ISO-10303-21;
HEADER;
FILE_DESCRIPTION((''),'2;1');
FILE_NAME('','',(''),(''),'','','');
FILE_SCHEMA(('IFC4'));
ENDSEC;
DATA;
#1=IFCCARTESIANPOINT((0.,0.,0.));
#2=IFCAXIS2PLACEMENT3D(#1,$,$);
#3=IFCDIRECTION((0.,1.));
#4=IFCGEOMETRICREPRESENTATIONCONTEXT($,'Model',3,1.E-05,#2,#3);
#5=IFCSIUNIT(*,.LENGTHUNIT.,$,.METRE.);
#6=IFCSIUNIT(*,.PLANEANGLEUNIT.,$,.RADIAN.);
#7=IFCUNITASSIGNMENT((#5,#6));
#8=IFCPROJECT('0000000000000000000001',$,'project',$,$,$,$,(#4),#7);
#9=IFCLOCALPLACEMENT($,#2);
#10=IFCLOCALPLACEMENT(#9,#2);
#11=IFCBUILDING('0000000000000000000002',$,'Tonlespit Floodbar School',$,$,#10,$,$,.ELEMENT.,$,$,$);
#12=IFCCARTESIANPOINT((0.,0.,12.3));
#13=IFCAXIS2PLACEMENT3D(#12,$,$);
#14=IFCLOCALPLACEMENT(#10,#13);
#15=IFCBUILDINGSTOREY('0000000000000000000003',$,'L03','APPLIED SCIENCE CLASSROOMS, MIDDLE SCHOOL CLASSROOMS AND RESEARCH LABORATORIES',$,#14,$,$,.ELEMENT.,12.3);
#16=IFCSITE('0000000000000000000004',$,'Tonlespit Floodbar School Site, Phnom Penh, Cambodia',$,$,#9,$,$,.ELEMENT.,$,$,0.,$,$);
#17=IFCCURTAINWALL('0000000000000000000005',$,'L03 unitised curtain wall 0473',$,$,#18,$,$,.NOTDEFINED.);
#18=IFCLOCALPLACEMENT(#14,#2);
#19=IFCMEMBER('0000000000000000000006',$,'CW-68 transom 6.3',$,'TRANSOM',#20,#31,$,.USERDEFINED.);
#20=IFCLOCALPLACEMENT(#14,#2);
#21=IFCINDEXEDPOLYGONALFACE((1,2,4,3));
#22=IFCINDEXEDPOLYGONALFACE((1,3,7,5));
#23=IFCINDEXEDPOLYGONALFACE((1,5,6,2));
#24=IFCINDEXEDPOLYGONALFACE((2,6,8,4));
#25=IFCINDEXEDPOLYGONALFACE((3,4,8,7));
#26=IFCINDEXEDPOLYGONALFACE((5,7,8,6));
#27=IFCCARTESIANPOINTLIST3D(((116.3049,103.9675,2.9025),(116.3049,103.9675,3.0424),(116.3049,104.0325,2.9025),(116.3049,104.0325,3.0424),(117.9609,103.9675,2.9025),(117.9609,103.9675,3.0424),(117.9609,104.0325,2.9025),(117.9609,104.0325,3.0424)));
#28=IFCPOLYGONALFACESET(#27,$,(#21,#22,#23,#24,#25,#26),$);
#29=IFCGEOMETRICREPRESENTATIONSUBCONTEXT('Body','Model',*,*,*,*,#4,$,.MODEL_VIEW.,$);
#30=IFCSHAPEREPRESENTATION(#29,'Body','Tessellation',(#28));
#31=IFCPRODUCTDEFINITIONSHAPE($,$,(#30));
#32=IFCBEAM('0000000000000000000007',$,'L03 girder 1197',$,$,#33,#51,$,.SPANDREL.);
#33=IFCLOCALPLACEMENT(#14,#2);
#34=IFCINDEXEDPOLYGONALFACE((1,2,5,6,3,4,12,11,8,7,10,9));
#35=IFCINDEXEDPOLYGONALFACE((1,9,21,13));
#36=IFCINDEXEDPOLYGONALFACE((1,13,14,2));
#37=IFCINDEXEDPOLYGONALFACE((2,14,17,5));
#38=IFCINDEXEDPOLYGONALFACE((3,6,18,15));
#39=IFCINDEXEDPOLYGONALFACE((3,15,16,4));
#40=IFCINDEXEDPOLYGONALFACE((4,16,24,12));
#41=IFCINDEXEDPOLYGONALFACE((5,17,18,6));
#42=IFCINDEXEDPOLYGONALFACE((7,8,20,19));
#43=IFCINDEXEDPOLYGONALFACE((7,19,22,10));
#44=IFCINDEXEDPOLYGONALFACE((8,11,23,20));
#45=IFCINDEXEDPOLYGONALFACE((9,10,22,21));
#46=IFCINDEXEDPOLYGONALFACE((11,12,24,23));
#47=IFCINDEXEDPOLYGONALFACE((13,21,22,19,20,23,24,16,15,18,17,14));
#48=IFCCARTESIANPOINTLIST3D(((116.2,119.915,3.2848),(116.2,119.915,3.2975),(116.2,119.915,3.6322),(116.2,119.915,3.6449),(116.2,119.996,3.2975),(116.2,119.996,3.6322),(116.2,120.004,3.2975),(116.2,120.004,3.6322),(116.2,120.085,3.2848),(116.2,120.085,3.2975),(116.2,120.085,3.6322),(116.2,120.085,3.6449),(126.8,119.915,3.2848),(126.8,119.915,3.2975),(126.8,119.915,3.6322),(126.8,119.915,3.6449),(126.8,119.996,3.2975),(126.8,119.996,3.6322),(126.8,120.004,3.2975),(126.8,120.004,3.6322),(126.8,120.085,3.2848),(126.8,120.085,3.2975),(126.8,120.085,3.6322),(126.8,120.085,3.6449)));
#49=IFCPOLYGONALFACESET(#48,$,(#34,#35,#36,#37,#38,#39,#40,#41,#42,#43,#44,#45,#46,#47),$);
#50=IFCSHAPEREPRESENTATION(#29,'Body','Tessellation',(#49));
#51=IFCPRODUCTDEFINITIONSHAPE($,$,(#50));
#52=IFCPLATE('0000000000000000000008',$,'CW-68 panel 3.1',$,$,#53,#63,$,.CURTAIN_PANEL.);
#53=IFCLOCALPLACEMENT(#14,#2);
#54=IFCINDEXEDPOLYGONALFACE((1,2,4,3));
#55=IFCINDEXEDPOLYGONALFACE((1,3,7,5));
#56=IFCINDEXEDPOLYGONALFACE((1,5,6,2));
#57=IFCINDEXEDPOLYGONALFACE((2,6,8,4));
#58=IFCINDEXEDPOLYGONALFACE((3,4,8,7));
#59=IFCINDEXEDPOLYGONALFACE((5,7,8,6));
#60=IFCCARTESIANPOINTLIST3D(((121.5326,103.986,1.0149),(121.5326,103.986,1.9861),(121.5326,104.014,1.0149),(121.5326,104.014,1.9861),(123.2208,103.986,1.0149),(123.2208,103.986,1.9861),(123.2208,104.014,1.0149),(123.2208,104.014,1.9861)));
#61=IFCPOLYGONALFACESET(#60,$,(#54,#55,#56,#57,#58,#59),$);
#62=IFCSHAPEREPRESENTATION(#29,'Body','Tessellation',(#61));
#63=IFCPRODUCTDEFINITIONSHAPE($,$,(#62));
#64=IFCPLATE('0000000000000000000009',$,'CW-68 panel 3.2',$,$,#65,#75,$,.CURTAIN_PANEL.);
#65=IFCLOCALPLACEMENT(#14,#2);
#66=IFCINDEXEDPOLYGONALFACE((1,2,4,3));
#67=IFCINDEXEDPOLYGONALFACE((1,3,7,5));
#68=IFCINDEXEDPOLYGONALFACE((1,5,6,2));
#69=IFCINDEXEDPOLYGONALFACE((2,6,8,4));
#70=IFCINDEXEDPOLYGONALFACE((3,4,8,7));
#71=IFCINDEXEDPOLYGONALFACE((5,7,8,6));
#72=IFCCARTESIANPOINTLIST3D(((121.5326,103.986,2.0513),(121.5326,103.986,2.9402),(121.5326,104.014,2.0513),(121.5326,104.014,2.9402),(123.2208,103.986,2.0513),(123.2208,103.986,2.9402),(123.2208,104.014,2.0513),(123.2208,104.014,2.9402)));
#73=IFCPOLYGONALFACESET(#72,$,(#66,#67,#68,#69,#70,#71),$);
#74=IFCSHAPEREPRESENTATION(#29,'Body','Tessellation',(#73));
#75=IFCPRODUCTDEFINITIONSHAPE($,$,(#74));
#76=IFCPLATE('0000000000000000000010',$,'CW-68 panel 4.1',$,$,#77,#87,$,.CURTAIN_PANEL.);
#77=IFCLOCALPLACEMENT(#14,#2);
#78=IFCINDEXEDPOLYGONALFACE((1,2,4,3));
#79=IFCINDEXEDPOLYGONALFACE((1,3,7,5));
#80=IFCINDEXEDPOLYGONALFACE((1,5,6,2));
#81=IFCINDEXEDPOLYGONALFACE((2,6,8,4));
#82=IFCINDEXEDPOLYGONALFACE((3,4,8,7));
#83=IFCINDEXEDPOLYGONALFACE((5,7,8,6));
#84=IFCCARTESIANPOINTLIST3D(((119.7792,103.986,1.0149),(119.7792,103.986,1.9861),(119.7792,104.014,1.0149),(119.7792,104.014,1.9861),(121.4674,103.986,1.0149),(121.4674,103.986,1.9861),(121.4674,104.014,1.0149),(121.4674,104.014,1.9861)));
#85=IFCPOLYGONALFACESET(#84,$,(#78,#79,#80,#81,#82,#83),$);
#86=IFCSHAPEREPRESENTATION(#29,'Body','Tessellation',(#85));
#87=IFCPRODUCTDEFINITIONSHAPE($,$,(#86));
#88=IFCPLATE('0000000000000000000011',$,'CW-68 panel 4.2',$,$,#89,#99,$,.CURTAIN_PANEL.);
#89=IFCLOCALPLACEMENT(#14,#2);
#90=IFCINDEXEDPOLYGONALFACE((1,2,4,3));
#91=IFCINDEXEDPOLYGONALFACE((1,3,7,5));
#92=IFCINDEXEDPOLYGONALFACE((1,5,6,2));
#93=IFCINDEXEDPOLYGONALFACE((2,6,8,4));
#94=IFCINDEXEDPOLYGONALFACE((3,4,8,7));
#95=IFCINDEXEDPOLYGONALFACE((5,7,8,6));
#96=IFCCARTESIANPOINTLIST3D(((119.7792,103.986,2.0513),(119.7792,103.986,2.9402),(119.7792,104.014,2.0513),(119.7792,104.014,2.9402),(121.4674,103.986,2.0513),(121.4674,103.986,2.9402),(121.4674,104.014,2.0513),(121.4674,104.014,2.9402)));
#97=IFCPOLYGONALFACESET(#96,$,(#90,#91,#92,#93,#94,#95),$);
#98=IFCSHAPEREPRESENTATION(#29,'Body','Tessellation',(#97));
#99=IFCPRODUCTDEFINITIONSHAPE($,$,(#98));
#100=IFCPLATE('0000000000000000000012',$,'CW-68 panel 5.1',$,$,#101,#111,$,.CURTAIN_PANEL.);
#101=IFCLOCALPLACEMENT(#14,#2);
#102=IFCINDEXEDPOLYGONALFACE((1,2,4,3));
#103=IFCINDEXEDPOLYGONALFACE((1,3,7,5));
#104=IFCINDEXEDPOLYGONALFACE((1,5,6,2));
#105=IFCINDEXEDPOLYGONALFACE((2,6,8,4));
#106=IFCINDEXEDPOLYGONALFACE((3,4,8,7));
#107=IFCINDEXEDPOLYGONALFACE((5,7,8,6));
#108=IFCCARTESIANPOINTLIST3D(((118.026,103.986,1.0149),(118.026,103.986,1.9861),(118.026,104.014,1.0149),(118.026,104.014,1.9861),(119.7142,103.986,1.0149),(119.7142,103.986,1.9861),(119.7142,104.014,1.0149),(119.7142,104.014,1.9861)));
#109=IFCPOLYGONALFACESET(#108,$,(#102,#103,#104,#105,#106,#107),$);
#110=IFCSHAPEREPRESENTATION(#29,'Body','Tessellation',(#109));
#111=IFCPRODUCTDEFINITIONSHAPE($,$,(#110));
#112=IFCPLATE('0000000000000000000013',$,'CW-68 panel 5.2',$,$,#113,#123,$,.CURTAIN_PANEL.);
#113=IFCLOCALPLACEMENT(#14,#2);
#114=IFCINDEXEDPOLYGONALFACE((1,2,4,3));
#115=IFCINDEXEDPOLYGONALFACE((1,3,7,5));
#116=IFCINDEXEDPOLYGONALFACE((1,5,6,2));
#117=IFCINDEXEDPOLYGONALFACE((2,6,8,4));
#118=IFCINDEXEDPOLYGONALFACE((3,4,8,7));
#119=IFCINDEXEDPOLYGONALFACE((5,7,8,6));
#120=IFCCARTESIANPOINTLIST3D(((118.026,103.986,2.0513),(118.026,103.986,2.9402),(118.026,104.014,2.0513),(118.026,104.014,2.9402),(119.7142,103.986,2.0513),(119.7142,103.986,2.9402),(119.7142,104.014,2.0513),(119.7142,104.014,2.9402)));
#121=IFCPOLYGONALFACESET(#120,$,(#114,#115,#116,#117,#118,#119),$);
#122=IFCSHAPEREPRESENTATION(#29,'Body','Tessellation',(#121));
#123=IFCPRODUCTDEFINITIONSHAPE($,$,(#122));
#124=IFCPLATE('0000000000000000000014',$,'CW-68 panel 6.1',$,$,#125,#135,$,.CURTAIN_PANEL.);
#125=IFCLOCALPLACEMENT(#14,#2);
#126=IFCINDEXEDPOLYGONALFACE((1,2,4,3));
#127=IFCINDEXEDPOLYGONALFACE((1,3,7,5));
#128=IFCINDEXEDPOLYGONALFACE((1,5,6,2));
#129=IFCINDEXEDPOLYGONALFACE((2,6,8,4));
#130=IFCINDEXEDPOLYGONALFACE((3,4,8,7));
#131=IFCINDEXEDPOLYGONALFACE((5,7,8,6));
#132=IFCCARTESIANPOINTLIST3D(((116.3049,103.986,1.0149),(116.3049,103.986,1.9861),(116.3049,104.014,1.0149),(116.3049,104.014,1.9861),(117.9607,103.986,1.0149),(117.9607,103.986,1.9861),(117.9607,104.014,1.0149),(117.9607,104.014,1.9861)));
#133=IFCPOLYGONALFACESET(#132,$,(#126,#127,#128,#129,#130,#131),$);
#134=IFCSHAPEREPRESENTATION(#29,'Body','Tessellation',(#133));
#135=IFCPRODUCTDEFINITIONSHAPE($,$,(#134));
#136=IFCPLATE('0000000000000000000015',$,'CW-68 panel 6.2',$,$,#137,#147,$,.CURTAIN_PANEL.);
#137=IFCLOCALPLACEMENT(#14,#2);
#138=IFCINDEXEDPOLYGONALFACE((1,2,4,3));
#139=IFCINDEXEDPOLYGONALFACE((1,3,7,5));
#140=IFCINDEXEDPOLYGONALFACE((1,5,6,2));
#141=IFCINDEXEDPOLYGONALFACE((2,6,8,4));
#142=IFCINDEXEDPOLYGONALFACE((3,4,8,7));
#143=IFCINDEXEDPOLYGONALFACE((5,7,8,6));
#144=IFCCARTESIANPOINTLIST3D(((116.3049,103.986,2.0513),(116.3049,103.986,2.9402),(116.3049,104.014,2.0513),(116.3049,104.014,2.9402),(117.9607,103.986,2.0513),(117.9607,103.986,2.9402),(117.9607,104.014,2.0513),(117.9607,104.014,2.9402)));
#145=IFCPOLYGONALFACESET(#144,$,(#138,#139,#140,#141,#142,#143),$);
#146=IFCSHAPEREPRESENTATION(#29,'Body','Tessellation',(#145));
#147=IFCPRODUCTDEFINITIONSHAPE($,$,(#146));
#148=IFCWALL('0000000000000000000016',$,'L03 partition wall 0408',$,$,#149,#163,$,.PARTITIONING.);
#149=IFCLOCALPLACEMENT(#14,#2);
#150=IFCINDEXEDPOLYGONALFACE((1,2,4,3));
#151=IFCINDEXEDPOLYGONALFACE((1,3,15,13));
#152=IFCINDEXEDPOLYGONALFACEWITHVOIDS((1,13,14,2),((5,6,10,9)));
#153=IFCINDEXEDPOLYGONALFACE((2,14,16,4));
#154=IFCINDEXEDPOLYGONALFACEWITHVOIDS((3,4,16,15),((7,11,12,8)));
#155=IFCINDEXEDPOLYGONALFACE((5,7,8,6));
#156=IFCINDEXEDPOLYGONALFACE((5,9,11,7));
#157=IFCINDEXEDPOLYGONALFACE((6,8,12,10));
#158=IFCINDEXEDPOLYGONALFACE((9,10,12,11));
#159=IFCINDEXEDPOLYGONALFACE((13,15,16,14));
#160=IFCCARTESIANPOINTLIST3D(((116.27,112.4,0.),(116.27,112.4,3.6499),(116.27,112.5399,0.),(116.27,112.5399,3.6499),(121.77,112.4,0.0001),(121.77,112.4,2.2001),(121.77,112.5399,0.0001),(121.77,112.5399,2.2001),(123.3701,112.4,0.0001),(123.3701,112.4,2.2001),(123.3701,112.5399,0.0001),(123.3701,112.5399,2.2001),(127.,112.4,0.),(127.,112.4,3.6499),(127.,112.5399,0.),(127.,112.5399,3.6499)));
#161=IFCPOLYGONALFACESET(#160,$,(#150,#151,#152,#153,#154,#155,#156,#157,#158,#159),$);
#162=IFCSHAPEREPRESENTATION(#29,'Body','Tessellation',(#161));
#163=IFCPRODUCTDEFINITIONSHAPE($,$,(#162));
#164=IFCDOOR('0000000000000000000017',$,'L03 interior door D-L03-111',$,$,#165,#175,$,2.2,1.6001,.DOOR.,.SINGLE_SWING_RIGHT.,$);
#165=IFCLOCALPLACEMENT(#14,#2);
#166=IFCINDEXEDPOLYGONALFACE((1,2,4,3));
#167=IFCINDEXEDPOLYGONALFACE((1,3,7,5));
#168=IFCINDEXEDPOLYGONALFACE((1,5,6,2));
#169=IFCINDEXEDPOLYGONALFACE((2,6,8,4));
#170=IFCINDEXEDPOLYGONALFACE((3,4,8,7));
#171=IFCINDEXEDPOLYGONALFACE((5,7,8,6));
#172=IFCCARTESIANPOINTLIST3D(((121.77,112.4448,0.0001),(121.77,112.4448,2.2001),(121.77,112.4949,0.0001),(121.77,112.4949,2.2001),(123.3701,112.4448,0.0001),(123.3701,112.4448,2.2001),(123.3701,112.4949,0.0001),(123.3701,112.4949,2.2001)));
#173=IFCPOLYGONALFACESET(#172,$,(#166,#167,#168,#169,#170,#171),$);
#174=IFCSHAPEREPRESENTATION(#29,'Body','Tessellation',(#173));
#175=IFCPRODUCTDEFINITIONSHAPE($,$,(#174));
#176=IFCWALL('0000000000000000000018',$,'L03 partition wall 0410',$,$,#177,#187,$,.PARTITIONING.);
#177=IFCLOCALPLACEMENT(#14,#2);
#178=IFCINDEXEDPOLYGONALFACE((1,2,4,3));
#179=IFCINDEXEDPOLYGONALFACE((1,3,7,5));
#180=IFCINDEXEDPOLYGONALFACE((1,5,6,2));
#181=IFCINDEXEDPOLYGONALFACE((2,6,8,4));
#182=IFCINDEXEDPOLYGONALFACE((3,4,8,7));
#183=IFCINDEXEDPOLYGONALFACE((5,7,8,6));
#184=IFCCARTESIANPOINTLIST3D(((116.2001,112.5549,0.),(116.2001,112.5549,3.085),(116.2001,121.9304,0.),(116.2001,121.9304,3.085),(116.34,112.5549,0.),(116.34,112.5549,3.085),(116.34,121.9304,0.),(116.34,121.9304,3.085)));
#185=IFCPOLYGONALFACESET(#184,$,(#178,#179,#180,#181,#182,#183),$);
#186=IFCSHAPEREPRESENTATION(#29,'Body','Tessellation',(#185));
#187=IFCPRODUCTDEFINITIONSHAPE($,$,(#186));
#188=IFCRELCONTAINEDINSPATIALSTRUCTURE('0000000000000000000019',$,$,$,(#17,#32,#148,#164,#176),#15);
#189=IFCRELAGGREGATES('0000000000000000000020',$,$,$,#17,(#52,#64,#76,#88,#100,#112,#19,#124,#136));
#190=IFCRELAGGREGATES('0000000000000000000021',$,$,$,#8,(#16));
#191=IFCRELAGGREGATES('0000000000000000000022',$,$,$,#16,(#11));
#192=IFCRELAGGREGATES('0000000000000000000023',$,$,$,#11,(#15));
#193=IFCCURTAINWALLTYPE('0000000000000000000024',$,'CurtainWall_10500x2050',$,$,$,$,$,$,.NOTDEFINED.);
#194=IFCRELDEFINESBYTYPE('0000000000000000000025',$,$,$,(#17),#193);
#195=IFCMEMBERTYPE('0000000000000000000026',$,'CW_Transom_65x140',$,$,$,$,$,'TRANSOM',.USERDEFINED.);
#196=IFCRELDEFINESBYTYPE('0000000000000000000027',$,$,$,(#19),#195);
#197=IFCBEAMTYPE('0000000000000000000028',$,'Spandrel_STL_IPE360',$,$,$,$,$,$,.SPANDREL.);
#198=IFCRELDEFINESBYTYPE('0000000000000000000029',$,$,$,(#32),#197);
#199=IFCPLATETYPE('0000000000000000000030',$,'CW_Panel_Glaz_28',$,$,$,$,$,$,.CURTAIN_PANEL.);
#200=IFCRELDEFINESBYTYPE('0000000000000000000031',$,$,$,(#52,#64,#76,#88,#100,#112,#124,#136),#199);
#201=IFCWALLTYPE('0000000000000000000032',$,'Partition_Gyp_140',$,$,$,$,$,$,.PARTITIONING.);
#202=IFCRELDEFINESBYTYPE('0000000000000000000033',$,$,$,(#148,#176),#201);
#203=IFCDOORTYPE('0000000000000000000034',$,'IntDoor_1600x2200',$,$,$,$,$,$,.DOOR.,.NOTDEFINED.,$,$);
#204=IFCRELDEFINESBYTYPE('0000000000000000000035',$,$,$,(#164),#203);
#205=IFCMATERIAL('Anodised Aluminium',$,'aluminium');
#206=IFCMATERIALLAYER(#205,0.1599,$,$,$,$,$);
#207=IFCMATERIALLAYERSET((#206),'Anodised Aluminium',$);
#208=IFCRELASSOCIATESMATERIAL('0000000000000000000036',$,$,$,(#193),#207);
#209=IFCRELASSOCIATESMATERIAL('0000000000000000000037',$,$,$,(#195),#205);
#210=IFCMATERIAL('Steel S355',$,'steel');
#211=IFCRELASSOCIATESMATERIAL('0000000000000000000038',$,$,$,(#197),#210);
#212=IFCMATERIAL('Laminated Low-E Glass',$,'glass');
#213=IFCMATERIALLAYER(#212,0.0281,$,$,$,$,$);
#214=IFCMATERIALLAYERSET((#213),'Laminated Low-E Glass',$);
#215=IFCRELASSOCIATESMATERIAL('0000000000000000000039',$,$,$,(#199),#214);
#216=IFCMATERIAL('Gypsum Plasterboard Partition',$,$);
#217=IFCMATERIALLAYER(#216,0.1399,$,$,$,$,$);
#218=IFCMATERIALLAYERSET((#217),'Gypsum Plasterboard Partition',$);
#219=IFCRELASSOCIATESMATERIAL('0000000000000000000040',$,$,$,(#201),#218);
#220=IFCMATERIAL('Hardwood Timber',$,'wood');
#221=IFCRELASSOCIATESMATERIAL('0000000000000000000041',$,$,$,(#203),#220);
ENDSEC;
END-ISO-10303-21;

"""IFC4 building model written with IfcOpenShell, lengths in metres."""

from ifc_helpers import new_model, si_unit, direction, frame, frame_2d, origin, origin_2d, place, context, subcontext, project, spatial, rectangle, i_section, extrude, material, layer, layer_set, material_profile, profile_set, type_object, element, fill, aggregate, save


model = new_model("IFC4")

# Units and contexts
model_context = context("Model", 3, precision=1e-05, world=origin(), true_north=direction((0.0, 1.0)))
body_context = subcontext(model_context, "Body", "Model", "MODEL_VIEW")
ifc_project = project(units=[si_unit("LENGTHUNIT", "METRE"), si_unit("PLANEANGLEUNIT", "RADIAN")], contexts=[model_context])

# Site, building, storey
site_placement = place(None, origin())
site = spatial("IfcSite", under=ifc_project, at=site_placement, Name="Tonlespit Floodbar School Site, Phnom Penh, Cambodia", CompositionType="ELEMENT", RefElevation=0.0)
building_placement = place(site_placement, origin())
building = spatial("IfcBuilding", under=site, at=building_placement, Name="Tonlespit Floodbar School", CompositionType="ELEMENT")
storey_placement = place(building_placement, frame((0.0, 0.0, 12.3)))
storey = spatial("IfcBuildingStorey", under=building, at=storey_placement, Name="L03", Description="APPLIED SCIENCE CLASSROOMS, MIDDLE SCHOOL CLASSROOMS AND RESEARCH LABORATORIES", CompositionType="ELEMENT", Elevation=12.3)

# Curtain wall, member
ifc_material_1 = material(Name="Anodised Aluminium", Category="aluminium")
ifc_layer_1 = layer(ifc_material_1, 0.1599)
ifc_layer_set_1 = layer_set([ifc_layer_1], Name="Anodised Aluminium")
curtain_wall_type = type_object("IfcCurtainWallType", Name="CurtainWall_10500x2050", PredefinedType="NOTDEFINED", material=ifc_layer_set_1)
curtain_wall_placement = place(storey_placement, origin())
curtain_wall = element("IfcCurtainWall", 1, at=curtain_wall_placement, inside=storey, type_object=curtain_wall_type, Name="L03 unitised curtain wall 0473", PredefinedType="NOTDEFINED")
ifc_material_profile_1 = material_profile(ifc_material_1, rectangle(XDim=0.0649, YDim=0.1399, at=origin_2d()), Name="ALU T65x140")
ifc_profile_set_1 = profile_set([ifc_material_profile_1], Name="Anodised Aluminium")
member_type_1 = type_object("IfcMemberType", Name="CW_Transom_65x140", ElementType="TRANSOM", PredefinedType="USERDEFINED", material=ifc_profile_set_1)
member_1_placement = place(storey_placement, frame((117.9609, 104.0, 2.9724), z_axis=(-1.0, 0.0, 0.0), x_axis=(0.0, -1.0, 0.0)))
member_1 = element("IfcMember", 2, at=member_1_placement, type_object=member_type_1, Name="CW-68 transom 6.3", ObjectType="TRANSOM", PredefinedType="USERDEFINED", context=body_context, shape_type="SweptSolid", body=[
    extrude(rectangle(XDim=0.0649, YDim=0.1399, at=origin_2d()), origin(), (0.0, 0.0, 1.0), 1.656),
])

# Beam
ifc_material_2 = material(Name="Steel S355", Category="steel")
ifc_material_profile_2 = material_profile(ifc_material_2, i_section(OverallWidth=0.1699, OverallDepth=0.3601, WebThickness=0.0081, FlangeThickness=0.0127, at=origin_2d()), Name="IPE 360")
ifc_profile_set_2 = profile_set([ifc_material_profile_2], Name="Steel S355")
beam_type_1 = type_object("IfcBeamType", Name="Spandrel_STL_IPE360", PredefinedType="SPANDREL", material=ifc_profile_set_2)
beam_1_placement = place(storey_placement, frame((116.2, 120.0, 3.4648), z_axis=(1.0, 0.0, 0.0), x_axis=(0.0, 1.0, 0.0)))
element("IfcBeam", 3, at=beam_1_placement, inside=storey, type_object=beam_type_1, Name="L03 girder 1197", PredefinedType="SPANDREL", context=body_context, shape_type="SweptSolid", body=[
    extrude(i_section(OverallWidth=0.1699, OverallDepth=0.3601, WebThickness=0.0081, FlangeThickness=0.0127, at=origin_2d()), origin(), (0.0, 0.0, 1.0), 10.6001),
])

# Plates
ifc_material_3 = material(Name="Laminated Low-E Glass", Category="glass")
ifc_layer_2 = layer(ifc_material_3, 0.0281)
ifc_layer_set_2 = layer_set([ifc_layer_2], Name="Laminated Low-E Glass")
plate_type = type_object("IfcPlateType", Name="CW_Panel_Glaz_28", PredefinedType="CURTAIN_PANEL", material=ifc_layer_set_2)
plate_1_placement = place(storey_placement, frame((122.3767, 104.0, 1.0149), z_axis=(0.0, 0.0, 1.0), x_axis=(-1.0, 0.0, 0.0)))
plate_1 = element("IfcPlate", 4, at=plate_1_placement, type_object=plate_type, Name="CW-68 panel 3.1", PredefinedType="CURTAIN_PANEL", context=body_context, shape_type="SweptSolid", body=[
    extrude(rectangle(XDim=1.6882, YDim=0.0281, at=origin_2d()), origin(), (0.0, 0.0, 1.0), 0.9712),
])
plate_2_placement = place(storey_placement, frame((122.3767, 104.0, 2.0513), z_axis=(0.0, 0.0, 1.0), x_axis=(-1.0, 0.0, 0.0)))
plate_2 = element("IfcPlate", 5, at=plate_2_placement, type_object=plate_type, Name="CW-68 panel 3.2", PredefinedType="CURTAIN_PANEL", context=body_context, shape_type="SweptSolid", body=[
    extrude(rectangle(XDim=1.6882, YDim=0.0281, at=origin_2d()), origin(), (0.0, 0.0, 1.0), 0.8889),
])
plate_3_placement = place(storey_placement, frame((120.6233, 104.0, 1.0149), z_axis=(0.0, 0.0, 1.0), x_axis=(-1.0, 0.0, 0.0)))
plate_3 = element("IfcPlate", 6, at=plate_3_placement, type_object=plate_type, Name="CW-68 panel 4.1", PredefinedType="CURTAIN_PANEL", context=body_context, shape_type="SweptSolid", body=[
    extrude(rectangle(XDim=1.6882, YDim=0.0281, at=origin_2d()), origin(), (0.0, 0.0, 1.0), 0.9712),
])
plate_4_placement = place(storey_placement, frame((120.6233, 104.0, 2.0513), z_axis=(0.0, 0.0, 1.0), x_axis=(-1.0, 0.0, 0.0)))
plate_4 = element("IfcPlate", 7, at=plate_4_placement, type_object=plate_type, Name="CW-68 panel 4.2", PredefinedType="CURTAIN_PANEL", context=body_context, shape_type="SweptSolid", body=[
    extrude(rectangle(XDim=1.6882, YDim=0.0281, at=origin_2d()), origin(), (0.0, 0.0, 1.0), 0.8889),
])
plate_5_placement = place(storey_placement, frame((118.8701, 104.0, 1.0149), z_axis=(0.0, 0.0, 1.0), x_axis=(-1.0, 0.0, 0.0)))
plate_5 = element("IfcPlate", 8, at=plate_5_placement, type_object=plate_type, Name="CW-68 panel 5.1", PredefinedType="CURTAIN_PANEL", context=body_context, shape_type="SweptSolid", body=[
    extrude(rectangle(XDim=1.6882, YDim=0.0281, at=origin_2d()), origin(), (0.0, 0.0, 1.0), 0.9712),
])
plate_6_placement = place(storey_placement, frame((118.8701, 104.0, 2.0513), z_axis=(0.0, 0.0, 1.0), x_axis=(-1.0, 0.0, 0.0)))
plate_6 = element("IfcPlate", 9, at=plate_6_placement, type_object=plate_type, Name="CW-68 panel 5.2", PredefinedType="CURTAIN_PANEL", context=body_context, shape_type="SweptSolid", body=[
    extrude(rectangle(XDim=1.6882, YDim=0.0281, at=origin_2d()), origin(), (0.0, 0.0, 1.0), 0.8889),
])
plate_7_placement = place(storey_placement, frame((117.1328, 104.0, 1.0149), z_axis=(0.0, 0.0, 1.0), x_axis=(-1.0, 0.0, 0.0)))
plate_7 = element("IfcPlate", 10, at=plate_7_placement, type_object=plate_type, Name="CW-68 panel 6.1", PredefinedType="CURTAIN_PANEL", context=body_context, shape_type="SweptSolid", body=[
    extrude(rectangle(XDim=1.6558, YDim=0.0281, at=origin_2d()), origin(), (0.0, 0.0, 1.0), 0.9712),
])
plate_8_placement = place(storey_placement, frame((117.1328, 104.0, 2.0513), z_axis=(0.0, 0.0, 1.0), x_axis=(-1.0, 0.0, 0.0)))
plate_8 = element("IfcPlate", 11, at=plate_8_placement, type_object=plate_type, Name="CW-68 panel 6.2", PredefinedType="CURTAIN_PANEL", context=body_context, shape_type="SweptSolid", body=[
    extrude(rectangle(XDim=1.6558, YDim=0.0281, at=origin_2d()), origin(), (0.0, 0.0, 1.0), 0.8889),
])
aggregate(curtain_wall, [plate_1, plate_2, plate_3, plate_4, plate_5, plate_6, member_1, plate_7, plate_8])

# Wall, opening, door
ifc_material_4 = material(Name="Gypsum Plasterboard Partition")
ifc_layer_3 = layer(ifc_material_4, 0.1399)
ifc_layer_set_3 = layer_set([ifc_layer_3], Name="Gypsum Plasterboard Partition")
wall_type_1 = type_object("IfcWallType", Name="Partition_Gyp_140", PredefinedType="PARTITIONING", material=ifc_layer_set_3)
wall_1_placement = place(storey_placement, frame((116.27, 112.47, 0.0), z_axis=(0.0, 0.0, 1.0), x_axis=(1.0, 0.0, 0.0)))
wall_1 = element("IfcWall", 12, at=wall_1_placement, inside=storey, type_object=wall_type_1, Name="L03 partition wall 0408", PredefinedType="PARTITIONING", context=body_context, shape_type="SweptSolid", body=[
    extrude(rectangle(XDim=10.73, YDim=0.1399, at=frame_2d((5.365, 0.0))), origin(), (0.0, 0.0, 1.0), 3.6499),
])
opening_1_placement = place(wall_1_placement, frame((5.5, 0.0, 0.0)))
opening_1 = element("IfcOpeningElement", 13, at=opening_1_placement, cuts=wall_1, PredefinedType="OPENING", context=body_context, shape_type="SweptSolid", body=[
    extrude(rectangle(XDim=1.6001, YDim=2.2, at=frame_2d((0.8, 1.1001))), frame((0.0, 0.0798, 0.0), z_axis=(0.0, -1.0, 0.0), x_axis=(1.0, 0.0, 0.0)), (0.0, 0.0, 1.0), 0.1599),
])
ifc_material_5 = material(Name="Hardwood Timber", Category="wood")
door_type_1 = type_object("IfcDoorType", Name="IntDoor_1600x2200", OperationType="NOTDEFINED", PredefinedType="DOOR", material=ifc_material_5)
door_1_placement = place(opening_1_placement, origin())
door_1 = element("IfcDoor", 14, at=door_1_placement, inside=storey, type_object=door_type_1, Name="L03 interior door D-L03-111", OperationType="SINGLE_SWING_RIGHT", OverallHeight=2.2, OverallWidth=1.6001, PredefinedType="DOOR", context=body_context, shape_type="SweptSolid", body=[
    extrude(rectangle(XDim=1.6001, YDim=2.2, at=frame_2d((0.8, 1.1001))), frame((0.0, 0.0249, 0.0), z_axis=(0.0, -1.0, 0.0), x_axis=(1.0, 0.0, 0.0)), (0.0, 0.0, 1.0), 0.05),
])
fill(opening_1, door_1)

# Wall
wall_2_placement = place(storey_placement, frame((116.27, 112.5549, 0.0), z_axis=(0.0, 0.0, 1.0), x_axis=(0.0, 1.0, 0.0)))
element("IfcWall", 15, at=wall_2_placement, inside=storey, type_object=wall_type_1, Name="L03 partition wall 0410", PredefinedType="PARTITIONING", context=body_context, shape_type="SweptSolid", body=[
    extrude(rectangle(XDim=9.3755, YDim=0.1399, at=frame_2d((4.6877, 0.0))), origin(), (0.0, 0.0, 1.0), 3.085),
])

save(model, "model.ifc")
